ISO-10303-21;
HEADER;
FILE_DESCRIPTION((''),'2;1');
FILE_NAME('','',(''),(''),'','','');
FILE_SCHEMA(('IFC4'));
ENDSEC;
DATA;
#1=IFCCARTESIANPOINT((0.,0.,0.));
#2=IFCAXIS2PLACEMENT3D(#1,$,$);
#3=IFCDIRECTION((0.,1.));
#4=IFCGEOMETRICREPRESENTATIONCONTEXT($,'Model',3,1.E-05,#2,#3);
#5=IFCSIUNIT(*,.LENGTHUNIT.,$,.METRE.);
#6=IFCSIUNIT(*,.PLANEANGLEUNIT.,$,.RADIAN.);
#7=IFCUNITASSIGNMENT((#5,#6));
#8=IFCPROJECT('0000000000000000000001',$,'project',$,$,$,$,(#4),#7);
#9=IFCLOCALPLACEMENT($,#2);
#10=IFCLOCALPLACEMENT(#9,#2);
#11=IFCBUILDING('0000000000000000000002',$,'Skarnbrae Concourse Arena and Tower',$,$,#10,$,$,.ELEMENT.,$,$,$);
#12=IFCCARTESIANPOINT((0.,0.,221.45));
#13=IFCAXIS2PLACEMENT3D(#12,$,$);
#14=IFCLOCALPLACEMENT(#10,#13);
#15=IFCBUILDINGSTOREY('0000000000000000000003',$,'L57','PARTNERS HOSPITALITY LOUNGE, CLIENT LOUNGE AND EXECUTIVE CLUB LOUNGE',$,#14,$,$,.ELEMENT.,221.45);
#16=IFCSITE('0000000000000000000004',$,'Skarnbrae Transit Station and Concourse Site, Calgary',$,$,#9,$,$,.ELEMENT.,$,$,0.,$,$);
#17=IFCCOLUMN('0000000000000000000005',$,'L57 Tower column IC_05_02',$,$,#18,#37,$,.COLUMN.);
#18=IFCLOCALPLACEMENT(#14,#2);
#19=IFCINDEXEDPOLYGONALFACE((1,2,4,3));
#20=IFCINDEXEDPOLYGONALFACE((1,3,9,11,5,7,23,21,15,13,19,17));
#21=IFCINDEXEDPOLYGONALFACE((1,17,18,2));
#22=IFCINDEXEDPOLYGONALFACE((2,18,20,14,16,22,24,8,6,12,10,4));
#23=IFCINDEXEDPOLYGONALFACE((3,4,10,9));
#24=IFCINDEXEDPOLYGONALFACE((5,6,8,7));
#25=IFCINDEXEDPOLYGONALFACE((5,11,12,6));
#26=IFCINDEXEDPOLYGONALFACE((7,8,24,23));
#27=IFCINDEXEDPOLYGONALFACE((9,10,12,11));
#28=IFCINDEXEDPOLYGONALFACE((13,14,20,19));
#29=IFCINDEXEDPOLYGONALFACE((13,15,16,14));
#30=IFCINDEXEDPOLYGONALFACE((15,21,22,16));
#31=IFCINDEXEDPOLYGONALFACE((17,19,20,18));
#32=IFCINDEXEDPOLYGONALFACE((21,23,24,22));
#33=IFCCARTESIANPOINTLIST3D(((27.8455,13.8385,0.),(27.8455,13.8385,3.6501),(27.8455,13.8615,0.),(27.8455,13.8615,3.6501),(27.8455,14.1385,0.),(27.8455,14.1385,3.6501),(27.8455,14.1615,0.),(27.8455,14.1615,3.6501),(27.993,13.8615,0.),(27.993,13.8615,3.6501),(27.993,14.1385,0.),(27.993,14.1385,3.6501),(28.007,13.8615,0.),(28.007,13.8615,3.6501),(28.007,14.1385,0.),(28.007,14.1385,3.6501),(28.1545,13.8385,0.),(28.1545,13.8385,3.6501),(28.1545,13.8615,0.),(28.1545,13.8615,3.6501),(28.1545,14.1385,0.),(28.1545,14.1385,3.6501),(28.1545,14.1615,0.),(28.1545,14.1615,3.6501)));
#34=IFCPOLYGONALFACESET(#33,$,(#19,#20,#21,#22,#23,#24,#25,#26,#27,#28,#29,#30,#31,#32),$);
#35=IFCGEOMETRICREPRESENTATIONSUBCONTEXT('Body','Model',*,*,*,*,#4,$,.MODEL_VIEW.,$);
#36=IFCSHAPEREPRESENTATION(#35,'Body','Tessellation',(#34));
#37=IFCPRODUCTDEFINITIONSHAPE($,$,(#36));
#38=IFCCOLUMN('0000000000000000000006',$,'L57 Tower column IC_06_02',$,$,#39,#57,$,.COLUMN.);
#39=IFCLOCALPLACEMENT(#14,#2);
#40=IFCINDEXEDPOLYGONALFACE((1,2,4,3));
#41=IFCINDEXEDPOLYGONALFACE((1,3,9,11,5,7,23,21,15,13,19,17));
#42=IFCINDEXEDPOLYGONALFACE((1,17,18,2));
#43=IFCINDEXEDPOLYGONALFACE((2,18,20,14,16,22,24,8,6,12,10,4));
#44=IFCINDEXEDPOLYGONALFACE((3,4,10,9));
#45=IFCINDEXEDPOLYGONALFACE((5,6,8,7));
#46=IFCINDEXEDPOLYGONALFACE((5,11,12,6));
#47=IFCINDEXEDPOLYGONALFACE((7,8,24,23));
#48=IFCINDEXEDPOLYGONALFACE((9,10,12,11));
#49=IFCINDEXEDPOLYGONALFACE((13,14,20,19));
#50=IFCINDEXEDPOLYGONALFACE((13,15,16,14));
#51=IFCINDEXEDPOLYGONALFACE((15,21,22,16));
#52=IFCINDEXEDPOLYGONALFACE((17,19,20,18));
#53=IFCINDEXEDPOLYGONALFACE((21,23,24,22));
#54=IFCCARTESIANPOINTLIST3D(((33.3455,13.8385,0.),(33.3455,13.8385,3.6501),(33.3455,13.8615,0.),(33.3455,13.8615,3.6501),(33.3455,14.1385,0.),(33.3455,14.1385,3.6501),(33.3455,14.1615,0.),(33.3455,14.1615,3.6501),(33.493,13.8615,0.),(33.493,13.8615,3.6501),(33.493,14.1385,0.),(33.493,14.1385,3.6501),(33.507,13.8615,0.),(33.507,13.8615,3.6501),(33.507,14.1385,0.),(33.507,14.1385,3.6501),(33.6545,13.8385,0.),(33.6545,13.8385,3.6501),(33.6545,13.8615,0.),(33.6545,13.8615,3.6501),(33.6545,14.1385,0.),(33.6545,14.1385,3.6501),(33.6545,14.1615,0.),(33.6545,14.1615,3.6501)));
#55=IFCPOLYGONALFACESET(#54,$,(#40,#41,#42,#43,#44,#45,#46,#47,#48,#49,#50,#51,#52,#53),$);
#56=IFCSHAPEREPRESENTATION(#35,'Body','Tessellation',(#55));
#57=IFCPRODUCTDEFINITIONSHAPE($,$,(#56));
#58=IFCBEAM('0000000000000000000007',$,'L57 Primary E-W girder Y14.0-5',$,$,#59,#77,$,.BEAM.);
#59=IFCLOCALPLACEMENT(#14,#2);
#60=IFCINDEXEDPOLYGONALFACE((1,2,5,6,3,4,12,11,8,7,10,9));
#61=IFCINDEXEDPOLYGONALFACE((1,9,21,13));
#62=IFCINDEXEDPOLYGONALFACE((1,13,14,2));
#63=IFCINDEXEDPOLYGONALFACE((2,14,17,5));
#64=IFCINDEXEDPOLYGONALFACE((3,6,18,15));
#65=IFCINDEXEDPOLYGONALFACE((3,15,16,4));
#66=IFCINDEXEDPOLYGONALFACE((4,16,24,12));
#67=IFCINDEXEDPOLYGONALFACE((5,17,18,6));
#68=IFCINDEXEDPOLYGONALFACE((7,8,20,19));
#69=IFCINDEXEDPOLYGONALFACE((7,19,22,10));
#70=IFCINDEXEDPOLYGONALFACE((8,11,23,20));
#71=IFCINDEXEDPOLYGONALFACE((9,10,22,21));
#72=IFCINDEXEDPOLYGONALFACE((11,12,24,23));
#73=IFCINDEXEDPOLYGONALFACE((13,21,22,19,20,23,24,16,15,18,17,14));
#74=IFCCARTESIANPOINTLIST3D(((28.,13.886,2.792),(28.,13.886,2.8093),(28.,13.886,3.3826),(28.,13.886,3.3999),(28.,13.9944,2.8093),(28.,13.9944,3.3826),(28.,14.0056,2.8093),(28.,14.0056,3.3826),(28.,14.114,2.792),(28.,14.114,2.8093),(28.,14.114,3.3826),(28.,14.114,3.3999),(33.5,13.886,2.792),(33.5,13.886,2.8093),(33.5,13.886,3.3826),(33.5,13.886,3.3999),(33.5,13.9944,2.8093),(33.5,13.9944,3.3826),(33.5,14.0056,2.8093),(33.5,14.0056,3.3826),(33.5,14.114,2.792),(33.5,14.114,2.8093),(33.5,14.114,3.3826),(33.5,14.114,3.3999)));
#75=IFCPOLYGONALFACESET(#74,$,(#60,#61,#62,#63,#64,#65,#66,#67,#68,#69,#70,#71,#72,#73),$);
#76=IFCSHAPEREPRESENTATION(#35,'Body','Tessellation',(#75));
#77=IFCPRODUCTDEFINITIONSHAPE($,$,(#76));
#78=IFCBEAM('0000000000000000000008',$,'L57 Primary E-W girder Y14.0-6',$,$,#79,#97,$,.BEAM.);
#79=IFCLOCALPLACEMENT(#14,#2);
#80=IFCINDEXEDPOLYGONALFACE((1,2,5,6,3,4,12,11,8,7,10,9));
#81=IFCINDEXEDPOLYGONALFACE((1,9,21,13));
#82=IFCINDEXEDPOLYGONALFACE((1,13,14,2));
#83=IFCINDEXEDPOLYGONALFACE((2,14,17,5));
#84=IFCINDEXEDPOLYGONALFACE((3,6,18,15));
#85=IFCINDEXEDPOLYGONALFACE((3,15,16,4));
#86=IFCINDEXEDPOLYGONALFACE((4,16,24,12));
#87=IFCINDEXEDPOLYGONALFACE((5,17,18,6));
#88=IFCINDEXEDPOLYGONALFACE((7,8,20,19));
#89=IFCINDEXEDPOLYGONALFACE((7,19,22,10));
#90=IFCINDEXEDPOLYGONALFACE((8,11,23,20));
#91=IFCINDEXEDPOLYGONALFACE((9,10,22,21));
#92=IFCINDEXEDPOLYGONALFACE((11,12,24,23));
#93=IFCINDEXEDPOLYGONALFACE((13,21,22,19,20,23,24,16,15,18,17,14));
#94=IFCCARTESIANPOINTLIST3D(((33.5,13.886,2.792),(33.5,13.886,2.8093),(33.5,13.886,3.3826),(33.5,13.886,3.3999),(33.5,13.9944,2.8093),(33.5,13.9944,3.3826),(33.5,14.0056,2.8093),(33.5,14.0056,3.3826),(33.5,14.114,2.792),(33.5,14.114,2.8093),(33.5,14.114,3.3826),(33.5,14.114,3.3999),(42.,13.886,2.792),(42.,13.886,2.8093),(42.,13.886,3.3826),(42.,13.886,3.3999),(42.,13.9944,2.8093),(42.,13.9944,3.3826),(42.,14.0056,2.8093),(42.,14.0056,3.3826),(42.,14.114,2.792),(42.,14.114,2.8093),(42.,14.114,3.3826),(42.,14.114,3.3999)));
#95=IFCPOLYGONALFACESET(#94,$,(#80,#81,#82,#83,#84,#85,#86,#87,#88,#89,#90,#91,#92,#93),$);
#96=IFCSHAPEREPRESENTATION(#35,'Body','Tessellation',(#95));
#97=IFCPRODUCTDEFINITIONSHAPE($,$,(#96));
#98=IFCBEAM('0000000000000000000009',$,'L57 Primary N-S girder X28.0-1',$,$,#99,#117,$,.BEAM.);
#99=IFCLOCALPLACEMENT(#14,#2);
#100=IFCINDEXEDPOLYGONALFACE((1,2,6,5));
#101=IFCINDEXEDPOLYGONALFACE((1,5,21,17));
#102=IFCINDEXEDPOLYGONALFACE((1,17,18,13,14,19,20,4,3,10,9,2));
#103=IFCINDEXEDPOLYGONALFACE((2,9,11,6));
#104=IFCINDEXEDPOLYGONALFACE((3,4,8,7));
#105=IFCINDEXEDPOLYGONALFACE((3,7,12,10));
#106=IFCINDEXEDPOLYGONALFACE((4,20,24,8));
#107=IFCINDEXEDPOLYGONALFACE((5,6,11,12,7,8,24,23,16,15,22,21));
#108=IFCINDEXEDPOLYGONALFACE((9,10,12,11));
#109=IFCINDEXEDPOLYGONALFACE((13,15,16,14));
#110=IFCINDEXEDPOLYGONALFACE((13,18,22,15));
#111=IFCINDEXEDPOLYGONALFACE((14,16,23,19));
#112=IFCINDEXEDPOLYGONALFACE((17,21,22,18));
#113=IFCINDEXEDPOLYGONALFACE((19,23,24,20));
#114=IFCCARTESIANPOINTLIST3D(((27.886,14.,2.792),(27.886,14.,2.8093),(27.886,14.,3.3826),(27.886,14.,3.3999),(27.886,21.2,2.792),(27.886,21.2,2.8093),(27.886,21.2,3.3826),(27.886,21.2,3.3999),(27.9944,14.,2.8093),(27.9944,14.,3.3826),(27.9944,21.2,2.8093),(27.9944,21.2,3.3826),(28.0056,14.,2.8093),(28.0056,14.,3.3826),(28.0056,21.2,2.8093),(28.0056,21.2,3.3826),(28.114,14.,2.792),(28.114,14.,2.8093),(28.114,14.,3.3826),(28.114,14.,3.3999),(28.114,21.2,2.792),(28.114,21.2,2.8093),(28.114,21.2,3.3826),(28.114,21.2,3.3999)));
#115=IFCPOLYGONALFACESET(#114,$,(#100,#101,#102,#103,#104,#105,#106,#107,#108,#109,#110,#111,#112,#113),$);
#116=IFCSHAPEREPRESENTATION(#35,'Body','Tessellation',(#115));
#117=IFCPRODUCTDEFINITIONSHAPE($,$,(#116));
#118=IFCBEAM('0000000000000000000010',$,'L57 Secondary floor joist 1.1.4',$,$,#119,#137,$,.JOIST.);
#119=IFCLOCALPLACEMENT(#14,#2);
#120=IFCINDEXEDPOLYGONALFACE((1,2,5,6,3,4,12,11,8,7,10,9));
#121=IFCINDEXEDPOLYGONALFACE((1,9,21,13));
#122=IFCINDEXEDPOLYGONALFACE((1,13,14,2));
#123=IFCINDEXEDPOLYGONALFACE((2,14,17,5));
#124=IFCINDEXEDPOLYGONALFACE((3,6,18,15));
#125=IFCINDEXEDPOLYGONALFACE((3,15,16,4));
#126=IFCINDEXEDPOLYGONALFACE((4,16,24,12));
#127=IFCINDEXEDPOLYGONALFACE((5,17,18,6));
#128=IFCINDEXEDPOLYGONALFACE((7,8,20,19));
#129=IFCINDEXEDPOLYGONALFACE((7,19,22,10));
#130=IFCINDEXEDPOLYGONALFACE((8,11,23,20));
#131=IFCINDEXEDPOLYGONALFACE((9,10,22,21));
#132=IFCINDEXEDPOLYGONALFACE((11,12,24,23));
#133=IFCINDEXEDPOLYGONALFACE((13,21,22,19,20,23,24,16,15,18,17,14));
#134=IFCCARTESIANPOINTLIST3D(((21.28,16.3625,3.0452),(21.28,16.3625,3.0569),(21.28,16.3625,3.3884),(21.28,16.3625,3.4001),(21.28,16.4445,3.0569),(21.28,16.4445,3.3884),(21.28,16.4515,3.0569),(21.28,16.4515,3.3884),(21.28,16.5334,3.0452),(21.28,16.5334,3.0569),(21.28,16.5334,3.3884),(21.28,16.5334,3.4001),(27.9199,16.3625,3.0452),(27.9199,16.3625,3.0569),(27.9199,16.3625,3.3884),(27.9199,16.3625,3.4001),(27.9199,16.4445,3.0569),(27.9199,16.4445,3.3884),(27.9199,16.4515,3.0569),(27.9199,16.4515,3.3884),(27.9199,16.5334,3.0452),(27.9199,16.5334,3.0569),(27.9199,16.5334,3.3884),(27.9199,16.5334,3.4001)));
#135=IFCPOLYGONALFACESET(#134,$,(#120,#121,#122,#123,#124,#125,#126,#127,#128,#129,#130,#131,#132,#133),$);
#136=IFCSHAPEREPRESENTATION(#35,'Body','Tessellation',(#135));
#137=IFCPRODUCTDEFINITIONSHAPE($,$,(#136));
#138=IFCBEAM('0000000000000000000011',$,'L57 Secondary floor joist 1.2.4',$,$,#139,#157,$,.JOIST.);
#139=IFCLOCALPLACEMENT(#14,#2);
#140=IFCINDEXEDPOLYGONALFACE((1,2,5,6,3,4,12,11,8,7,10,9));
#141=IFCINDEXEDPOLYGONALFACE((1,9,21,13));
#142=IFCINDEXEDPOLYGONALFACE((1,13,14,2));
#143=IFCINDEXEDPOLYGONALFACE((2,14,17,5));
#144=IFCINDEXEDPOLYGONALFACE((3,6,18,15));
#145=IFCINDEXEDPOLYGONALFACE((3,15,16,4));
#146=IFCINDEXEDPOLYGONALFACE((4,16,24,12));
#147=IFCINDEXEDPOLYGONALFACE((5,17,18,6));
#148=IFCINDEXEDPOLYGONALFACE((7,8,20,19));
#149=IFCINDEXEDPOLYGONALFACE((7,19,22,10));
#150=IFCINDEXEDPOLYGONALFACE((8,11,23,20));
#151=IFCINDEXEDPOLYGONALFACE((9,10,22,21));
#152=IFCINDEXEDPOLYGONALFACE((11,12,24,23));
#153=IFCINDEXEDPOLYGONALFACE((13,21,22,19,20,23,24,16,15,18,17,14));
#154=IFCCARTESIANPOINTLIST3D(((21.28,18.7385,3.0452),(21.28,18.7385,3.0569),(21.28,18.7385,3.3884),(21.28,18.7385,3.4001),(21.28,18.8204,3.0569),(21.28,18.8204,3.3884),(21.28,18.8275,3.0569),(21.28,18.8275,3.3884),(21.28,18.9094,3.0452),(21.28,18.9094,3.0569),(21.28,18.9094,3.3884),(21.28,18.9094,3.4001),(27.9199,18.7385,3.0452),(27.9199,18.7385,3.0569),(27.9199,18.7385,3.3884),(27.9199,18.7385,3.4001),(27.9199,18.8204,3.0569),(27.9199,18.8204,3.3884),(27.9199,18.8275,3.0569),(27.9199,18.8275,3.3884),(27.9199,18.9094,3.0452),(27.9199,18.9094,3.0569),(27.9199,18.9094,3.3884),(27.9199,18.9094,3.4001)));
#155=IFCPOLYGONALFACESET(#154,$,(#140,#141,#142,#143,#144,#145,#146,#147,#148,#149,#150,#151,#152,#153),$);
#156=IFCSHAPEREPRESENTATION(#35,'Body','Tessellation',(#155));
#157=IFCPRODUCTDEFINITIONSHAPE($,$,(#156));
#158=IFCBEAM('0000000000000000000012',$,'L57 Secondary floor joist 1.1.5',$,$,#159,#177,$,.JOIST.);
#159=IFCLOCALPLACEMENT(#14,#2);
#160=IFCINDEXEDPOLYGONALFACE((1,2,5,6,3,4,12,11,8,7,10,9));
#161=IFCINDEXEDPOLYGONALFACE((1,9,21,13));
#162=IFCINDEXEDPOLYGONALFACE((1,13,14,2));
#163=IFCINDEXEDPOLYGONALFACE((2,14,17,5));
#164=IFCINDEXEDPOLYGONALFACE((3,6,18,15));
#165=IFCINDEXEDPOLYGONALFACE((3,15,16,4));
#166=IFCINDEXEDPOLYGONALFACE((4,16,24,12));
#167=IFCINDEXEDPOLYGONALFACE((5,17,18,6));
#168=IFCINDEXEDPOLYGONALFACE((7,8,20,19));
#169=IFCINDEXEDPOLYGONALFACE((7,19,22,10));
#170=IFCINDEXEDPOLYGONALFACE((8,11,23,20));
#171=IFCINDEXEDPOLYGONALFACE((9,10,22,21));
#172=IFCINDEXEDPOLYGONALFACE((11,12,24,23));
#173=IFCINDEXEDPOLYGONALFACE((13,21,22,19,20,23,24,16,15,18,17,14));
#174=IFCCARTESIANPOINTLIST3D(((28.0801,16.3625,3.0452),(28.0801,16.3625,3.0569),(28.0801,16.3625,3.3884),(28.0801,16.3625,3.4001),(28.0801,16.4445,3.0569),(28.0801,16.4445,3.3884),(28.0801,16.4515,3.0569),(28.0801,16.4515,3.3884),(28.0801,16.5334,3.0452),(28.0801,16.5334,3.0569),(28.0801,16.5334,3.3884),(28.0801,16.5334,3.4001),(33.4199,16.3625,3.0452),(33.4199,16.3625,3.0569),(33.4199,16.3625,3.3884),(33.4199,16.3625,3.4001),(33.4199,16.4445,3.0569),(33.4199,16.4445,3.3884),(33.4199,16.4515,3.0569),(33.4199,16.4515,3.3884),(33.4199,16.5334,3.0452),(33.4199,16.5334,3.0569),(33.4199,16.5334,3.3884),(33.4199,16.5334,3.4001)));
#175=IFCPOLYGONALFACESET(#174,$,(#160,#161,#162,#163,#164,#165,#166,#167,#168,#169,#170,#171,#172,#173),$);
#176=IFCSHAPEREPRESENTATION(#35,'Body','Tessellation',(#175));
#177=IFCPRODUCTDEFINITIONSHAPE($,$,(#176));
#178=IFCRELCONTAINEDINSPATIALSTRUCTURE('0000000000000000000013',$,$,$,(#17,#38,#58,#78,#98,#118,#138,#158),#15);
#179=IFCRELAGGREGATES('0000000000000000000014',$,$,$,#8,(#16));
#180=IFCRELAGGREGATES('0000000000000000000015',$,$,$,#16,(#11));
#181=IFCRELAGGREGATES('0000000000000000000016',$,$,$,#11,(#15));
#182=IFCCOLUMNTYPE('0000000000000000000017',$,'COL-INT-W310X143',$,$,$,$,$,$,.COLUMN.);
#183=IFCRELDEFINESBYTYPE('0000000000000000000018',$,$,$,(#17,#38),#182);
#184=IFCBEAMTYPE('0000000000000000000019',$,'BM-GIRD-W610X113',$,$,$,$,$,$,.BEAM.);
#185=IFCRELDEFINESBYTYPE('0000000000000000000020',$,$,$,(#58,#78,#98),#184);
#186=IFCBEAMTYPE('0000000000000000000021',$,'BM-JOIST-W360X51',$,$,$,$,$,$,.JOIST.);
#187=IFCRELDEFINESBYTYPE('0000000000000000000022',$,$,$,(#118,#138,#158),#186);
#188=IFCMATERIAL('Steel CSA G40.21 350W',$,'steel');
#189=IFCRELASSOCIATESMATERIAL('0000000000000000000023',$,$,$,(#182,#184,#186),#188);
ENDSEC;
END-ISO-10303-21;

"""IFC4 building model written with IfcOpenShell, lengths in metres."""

from ifc_helpers import new_model, si_unit, direction, frame, origin, origin_2d, place, context, subcontext, project, spatial, i_section, extrude, source, transform, mapped, material, material_profile, profile_set, type_object, element, save


model = new_model("IFC4")

# Units and contexts
model_context = context("Model", 3, precision=1e-05, world=origin(), true_north=direction((0.0, 1.0)))
body_context = subcontext(model_context, "Body", "Model", "MODEL_VIEW")
ifc_project = project(units=[si_unit("LENGTHUNIT", "METRE"), si_unit("PLANEANGLEUNIT", "RADIAN")], contexts=[model_context])

# Site, building, storey
site_placement = place(None, origin())
site = spatial("IfcSite", under=ifc_project, at=site_placement, Name="Skarnbrae Transit Station and Concourse Site, Calgary", CompositionType="ELEMENT", RefElevation=0.0)
building_placement = place(site_placement, origin())
building = spatial("IfcBuilding", under=site, at=building_placement, Name="Skarnbrae Concourse Arena and Tower", CompositionType="ELEMENT")
storey_placement = place(building_placement, frame((0.0, 0.0, 221.45)))
storey = spatial("IfcBuildingStorey", under=building, at=storey_placement, Name="L57", Description="PARTNERS HOSPITALITY LOUNGE, CLIENT LOUNGE AND EXECUTIVE CLUB LOUNGE", CompositionType="ELEMENT", Elevation=221.45)

# Columns
ifc_material_1 = material(Name="Steel CSA G40.21 350W", Category="steel")
ifc_material_profile_1 = material_profile(ifc_material_1, i_section(OverallWidth=0.3091, OverallDepth=0.323, WebThickness=0.0139, FlangeThickness=0.0229, at=origin_2d()), Name="W310X143")
ifc_profile_set_1 = profile_set([ifc_material_profile_1], Name="Steel CSA G40.21 350W")
column_type = type_object("IfcColumnType", Name="COL-INT-W310X143", PredefinedType="COLUMN", material=ifc_profile_set_1)
shared_shape_1 = source(origin(), body_context, "Body", "SweptSolid", [
    extrude(i_section(OverallWidth=0.3091, OverallDepth=0.323, WebThickness=0.0139, FlangeThickness=0.0229, at=origin_2d()), origin(), (0.0, 0.0, 1.0), 3.6501),
])
for number, where, z_axis, x_axis, name in (
    (1, (28.0, 14.0, 0.0), (0.0, 0.0, 1.0), (1.0, 0.0, 0.0), "L57 Tower column IC_05_02"),
    (2, (33.5, 14.0, 0.0), (0.0, 0.0, 1.0), (1.0, 0.0, 0.0), "L57 Tower column IC_06_02"),
):
    element("IfcColumn", number, at=place(storey_placement, frame(where, z_axis=z_axis, x_axis=x_axis)), inside=storey, type_object=column_type, Name=name, PredefinedType="COLUMN", context=body_context, shape_type="MappedRepresentation", body=[
        mapped(shared_shape_1, transform((0.0, 0.0, 0.0))),
    ])

# Beams
ifc_material_profile_2 = material_profile(ifc_material_1, i_section(OverallWidth=0.228, OverallDepth=0.6079, WebThickness=0.0112, FlangeThickness=0.0173, at=origin_2d()), Name="W610X113")
ifc_profile_set_2 = profile_set([ifc_material_profile_2], Name="Steel CSA G40.21 350W")
beam_type_1 = type_object("IfcBeamType", Name="BM-GIRD-W610X113", PredefinedType="BEAM", material=ifc_profile_set_2)
shared_shape_2 = source(origin(), body_context, "Body", "SweptSolid", [
    extrude(i_section(OverallWidth=0.228, OverallDepth=0.6079, WebThickness=0.0112, FlangeThickness=0.0173, at=origin_2d()), origin(), (0.0, 0.0, 1.0), 5.5),
])
beam_1_placement = place(storey_placement, frame((28.0, 14.0, 3.0959), z_axis=(1.0, 0.0, 0.0), x_axis=(0.0, 1.0, 0.0)))
element("IfcBeam", 3, at=beam_1_placement, inside=storey, type_object=beam_type_1, Name="L57 Primary E-W girder Y14.0-5", PredefinedType="BEAM", context=body_context, shape_type="MappedRepresentation", body=[
    mapped(shared_shape_2, transform((0.0, 0.0, 0.0))),
])
shared_shape_3 = source(origin(), body_context, "Body", "SweptSolid", [
    extrude(i_section(OverallWidth=0.228, OverallDepth=0.6079, WebThickness=0.0112, FlangeThickness=0.0173, at=origin_2d()), origin(), (0.0, 0.0, 1.0), 8.5),
])
beam_2_placement = place(storey_placement, frame((33.5, 14.0, 3.0959), z_axis=(1.0, 0.0, 0.0), x_axis=(0.0, 1.0, 0.0)))
element("IfcBeam", 4, at=beam_2_placement, inside=storey, type_object=beam_type_1, Name="L57 Primary E-W girder Y14.0-6", PredefinedType="BEAM", context=body_context, shape_type="MappedRepresentation", body=[
    mapped(shared_shape_3, transform((0.0, 0.0, 0.0))),
])
shared_shape_4 = source(origin(), body_context, "Body", "SweptSolid", [
    extrude(i_section(OverallWidth=0.228, OverallDepth=0.6079, WebThickness=0.0112, FlangeThickness=0.0173, at=origin_2d()), origin(), (0.0, 0.0, 1.0), 7.2),
])
beam_3_placement = place(storey_placement, frame((28.0, 14.0, 3.0959), z_axis=(0.0, 1.0, 0.0), x_axis=(-1.0, 0.0, 0.0)))
element("IfcBeam", 5, at=beam_3_placement, inside=storey, type_object=beam_type_1, Name="L57 Primary N-S girder X28.0-1", PredefinedType="BEAM", context=body_context, shape_type="MappedRepresentation", body=[
    mapped(shared_shape_4, transform((0.0, 0.0, 0.0))),
])
ifc_material_profile_3 = material_profile(ifc_material_1, i_section(OverallWidth=0.1709, OverallDepth=0.355, WebThickness=0.0071, FlangeThickness=0.0117, at=origin_2d()), Name="W360X51")
ifc_profile_set_3 = profile_set([ifc_material_profile_3], Name="Steel CSA G40.21 350W")
beam_type_2 = type_object("IfcBeamType", Name="BM-JOIST-W360X51", PredefinedType="JOIST", material=ifc_profile_set_3)
shared_shape_5 = source(origin(), body_context, "Body", "SweptSolid", [
    extrude(i_section(OverallWidth=0.1709, OverallDepth=0.355, WebThickness=0.0071, FlangeThickness=0.0117, at=origin_2d()), origin(), (0.0, 0.0, 1.0), 6.6399),
])
for number, where, z_axis, x_axis, name in (
    (6, (21.28, 16.448, 3.2227), (1.0, 0.0, 0.0), (0.0, 1.0, 0.0), "L57 Secondary floor joist 1.1.4"),
    (7, (21.28, 18.824, 3.2227), (1.0, 0.0, 0.0), (0.0, 1.0, 0.0), "L57 Secondary floor joist 1.2.4"),
):
    element("IfcBeam", number, at=place(storey_placement, frame(where, z_axis=z_axis, x_axis=x_axis)), inside=storey, type_object=beam_type_2, Name=name, PredefinedType="JOIST", context=body_context, shape_type="MappedRepresentation", body=[
        mapped(shared_shape_5, transform((0.0, 0.0, 0.0))),
    ])
shared_shape_6 = source(origin(), body_context, "Body", "SweptSolid", [
    extrude(i_section(OverallWidth=0.1709, OverallDepth=0.355, WebThickness=0.0071, FlangeThickness=0.0117, at=origin_2d()), origin(), (0.0, 0.0, 1.0), 5.3398),
])
for number, where, z_axis, x_axis, name in (
    (8, (28.0801, 16.448, 3.2227), (1.0, 0.0, 0.0), (0.0, 1.0, 0.0), "L57 Secondary floor joist 1.1.5"),
):
    element("IfcBeam", number, at=place(storey_placement, frame(where, z_axis=z_axis, x_axis=x_axis)), inside=storey, type_object=beam_type_2, Name=name, PredefinedType="JOIST", context=body_context, shape_type="MappedRepresentation", body=[
        mapped(shared_shape_6, transform((0.0, 0.0, 0.0))),
    ])

save(model, "model.ifc")
